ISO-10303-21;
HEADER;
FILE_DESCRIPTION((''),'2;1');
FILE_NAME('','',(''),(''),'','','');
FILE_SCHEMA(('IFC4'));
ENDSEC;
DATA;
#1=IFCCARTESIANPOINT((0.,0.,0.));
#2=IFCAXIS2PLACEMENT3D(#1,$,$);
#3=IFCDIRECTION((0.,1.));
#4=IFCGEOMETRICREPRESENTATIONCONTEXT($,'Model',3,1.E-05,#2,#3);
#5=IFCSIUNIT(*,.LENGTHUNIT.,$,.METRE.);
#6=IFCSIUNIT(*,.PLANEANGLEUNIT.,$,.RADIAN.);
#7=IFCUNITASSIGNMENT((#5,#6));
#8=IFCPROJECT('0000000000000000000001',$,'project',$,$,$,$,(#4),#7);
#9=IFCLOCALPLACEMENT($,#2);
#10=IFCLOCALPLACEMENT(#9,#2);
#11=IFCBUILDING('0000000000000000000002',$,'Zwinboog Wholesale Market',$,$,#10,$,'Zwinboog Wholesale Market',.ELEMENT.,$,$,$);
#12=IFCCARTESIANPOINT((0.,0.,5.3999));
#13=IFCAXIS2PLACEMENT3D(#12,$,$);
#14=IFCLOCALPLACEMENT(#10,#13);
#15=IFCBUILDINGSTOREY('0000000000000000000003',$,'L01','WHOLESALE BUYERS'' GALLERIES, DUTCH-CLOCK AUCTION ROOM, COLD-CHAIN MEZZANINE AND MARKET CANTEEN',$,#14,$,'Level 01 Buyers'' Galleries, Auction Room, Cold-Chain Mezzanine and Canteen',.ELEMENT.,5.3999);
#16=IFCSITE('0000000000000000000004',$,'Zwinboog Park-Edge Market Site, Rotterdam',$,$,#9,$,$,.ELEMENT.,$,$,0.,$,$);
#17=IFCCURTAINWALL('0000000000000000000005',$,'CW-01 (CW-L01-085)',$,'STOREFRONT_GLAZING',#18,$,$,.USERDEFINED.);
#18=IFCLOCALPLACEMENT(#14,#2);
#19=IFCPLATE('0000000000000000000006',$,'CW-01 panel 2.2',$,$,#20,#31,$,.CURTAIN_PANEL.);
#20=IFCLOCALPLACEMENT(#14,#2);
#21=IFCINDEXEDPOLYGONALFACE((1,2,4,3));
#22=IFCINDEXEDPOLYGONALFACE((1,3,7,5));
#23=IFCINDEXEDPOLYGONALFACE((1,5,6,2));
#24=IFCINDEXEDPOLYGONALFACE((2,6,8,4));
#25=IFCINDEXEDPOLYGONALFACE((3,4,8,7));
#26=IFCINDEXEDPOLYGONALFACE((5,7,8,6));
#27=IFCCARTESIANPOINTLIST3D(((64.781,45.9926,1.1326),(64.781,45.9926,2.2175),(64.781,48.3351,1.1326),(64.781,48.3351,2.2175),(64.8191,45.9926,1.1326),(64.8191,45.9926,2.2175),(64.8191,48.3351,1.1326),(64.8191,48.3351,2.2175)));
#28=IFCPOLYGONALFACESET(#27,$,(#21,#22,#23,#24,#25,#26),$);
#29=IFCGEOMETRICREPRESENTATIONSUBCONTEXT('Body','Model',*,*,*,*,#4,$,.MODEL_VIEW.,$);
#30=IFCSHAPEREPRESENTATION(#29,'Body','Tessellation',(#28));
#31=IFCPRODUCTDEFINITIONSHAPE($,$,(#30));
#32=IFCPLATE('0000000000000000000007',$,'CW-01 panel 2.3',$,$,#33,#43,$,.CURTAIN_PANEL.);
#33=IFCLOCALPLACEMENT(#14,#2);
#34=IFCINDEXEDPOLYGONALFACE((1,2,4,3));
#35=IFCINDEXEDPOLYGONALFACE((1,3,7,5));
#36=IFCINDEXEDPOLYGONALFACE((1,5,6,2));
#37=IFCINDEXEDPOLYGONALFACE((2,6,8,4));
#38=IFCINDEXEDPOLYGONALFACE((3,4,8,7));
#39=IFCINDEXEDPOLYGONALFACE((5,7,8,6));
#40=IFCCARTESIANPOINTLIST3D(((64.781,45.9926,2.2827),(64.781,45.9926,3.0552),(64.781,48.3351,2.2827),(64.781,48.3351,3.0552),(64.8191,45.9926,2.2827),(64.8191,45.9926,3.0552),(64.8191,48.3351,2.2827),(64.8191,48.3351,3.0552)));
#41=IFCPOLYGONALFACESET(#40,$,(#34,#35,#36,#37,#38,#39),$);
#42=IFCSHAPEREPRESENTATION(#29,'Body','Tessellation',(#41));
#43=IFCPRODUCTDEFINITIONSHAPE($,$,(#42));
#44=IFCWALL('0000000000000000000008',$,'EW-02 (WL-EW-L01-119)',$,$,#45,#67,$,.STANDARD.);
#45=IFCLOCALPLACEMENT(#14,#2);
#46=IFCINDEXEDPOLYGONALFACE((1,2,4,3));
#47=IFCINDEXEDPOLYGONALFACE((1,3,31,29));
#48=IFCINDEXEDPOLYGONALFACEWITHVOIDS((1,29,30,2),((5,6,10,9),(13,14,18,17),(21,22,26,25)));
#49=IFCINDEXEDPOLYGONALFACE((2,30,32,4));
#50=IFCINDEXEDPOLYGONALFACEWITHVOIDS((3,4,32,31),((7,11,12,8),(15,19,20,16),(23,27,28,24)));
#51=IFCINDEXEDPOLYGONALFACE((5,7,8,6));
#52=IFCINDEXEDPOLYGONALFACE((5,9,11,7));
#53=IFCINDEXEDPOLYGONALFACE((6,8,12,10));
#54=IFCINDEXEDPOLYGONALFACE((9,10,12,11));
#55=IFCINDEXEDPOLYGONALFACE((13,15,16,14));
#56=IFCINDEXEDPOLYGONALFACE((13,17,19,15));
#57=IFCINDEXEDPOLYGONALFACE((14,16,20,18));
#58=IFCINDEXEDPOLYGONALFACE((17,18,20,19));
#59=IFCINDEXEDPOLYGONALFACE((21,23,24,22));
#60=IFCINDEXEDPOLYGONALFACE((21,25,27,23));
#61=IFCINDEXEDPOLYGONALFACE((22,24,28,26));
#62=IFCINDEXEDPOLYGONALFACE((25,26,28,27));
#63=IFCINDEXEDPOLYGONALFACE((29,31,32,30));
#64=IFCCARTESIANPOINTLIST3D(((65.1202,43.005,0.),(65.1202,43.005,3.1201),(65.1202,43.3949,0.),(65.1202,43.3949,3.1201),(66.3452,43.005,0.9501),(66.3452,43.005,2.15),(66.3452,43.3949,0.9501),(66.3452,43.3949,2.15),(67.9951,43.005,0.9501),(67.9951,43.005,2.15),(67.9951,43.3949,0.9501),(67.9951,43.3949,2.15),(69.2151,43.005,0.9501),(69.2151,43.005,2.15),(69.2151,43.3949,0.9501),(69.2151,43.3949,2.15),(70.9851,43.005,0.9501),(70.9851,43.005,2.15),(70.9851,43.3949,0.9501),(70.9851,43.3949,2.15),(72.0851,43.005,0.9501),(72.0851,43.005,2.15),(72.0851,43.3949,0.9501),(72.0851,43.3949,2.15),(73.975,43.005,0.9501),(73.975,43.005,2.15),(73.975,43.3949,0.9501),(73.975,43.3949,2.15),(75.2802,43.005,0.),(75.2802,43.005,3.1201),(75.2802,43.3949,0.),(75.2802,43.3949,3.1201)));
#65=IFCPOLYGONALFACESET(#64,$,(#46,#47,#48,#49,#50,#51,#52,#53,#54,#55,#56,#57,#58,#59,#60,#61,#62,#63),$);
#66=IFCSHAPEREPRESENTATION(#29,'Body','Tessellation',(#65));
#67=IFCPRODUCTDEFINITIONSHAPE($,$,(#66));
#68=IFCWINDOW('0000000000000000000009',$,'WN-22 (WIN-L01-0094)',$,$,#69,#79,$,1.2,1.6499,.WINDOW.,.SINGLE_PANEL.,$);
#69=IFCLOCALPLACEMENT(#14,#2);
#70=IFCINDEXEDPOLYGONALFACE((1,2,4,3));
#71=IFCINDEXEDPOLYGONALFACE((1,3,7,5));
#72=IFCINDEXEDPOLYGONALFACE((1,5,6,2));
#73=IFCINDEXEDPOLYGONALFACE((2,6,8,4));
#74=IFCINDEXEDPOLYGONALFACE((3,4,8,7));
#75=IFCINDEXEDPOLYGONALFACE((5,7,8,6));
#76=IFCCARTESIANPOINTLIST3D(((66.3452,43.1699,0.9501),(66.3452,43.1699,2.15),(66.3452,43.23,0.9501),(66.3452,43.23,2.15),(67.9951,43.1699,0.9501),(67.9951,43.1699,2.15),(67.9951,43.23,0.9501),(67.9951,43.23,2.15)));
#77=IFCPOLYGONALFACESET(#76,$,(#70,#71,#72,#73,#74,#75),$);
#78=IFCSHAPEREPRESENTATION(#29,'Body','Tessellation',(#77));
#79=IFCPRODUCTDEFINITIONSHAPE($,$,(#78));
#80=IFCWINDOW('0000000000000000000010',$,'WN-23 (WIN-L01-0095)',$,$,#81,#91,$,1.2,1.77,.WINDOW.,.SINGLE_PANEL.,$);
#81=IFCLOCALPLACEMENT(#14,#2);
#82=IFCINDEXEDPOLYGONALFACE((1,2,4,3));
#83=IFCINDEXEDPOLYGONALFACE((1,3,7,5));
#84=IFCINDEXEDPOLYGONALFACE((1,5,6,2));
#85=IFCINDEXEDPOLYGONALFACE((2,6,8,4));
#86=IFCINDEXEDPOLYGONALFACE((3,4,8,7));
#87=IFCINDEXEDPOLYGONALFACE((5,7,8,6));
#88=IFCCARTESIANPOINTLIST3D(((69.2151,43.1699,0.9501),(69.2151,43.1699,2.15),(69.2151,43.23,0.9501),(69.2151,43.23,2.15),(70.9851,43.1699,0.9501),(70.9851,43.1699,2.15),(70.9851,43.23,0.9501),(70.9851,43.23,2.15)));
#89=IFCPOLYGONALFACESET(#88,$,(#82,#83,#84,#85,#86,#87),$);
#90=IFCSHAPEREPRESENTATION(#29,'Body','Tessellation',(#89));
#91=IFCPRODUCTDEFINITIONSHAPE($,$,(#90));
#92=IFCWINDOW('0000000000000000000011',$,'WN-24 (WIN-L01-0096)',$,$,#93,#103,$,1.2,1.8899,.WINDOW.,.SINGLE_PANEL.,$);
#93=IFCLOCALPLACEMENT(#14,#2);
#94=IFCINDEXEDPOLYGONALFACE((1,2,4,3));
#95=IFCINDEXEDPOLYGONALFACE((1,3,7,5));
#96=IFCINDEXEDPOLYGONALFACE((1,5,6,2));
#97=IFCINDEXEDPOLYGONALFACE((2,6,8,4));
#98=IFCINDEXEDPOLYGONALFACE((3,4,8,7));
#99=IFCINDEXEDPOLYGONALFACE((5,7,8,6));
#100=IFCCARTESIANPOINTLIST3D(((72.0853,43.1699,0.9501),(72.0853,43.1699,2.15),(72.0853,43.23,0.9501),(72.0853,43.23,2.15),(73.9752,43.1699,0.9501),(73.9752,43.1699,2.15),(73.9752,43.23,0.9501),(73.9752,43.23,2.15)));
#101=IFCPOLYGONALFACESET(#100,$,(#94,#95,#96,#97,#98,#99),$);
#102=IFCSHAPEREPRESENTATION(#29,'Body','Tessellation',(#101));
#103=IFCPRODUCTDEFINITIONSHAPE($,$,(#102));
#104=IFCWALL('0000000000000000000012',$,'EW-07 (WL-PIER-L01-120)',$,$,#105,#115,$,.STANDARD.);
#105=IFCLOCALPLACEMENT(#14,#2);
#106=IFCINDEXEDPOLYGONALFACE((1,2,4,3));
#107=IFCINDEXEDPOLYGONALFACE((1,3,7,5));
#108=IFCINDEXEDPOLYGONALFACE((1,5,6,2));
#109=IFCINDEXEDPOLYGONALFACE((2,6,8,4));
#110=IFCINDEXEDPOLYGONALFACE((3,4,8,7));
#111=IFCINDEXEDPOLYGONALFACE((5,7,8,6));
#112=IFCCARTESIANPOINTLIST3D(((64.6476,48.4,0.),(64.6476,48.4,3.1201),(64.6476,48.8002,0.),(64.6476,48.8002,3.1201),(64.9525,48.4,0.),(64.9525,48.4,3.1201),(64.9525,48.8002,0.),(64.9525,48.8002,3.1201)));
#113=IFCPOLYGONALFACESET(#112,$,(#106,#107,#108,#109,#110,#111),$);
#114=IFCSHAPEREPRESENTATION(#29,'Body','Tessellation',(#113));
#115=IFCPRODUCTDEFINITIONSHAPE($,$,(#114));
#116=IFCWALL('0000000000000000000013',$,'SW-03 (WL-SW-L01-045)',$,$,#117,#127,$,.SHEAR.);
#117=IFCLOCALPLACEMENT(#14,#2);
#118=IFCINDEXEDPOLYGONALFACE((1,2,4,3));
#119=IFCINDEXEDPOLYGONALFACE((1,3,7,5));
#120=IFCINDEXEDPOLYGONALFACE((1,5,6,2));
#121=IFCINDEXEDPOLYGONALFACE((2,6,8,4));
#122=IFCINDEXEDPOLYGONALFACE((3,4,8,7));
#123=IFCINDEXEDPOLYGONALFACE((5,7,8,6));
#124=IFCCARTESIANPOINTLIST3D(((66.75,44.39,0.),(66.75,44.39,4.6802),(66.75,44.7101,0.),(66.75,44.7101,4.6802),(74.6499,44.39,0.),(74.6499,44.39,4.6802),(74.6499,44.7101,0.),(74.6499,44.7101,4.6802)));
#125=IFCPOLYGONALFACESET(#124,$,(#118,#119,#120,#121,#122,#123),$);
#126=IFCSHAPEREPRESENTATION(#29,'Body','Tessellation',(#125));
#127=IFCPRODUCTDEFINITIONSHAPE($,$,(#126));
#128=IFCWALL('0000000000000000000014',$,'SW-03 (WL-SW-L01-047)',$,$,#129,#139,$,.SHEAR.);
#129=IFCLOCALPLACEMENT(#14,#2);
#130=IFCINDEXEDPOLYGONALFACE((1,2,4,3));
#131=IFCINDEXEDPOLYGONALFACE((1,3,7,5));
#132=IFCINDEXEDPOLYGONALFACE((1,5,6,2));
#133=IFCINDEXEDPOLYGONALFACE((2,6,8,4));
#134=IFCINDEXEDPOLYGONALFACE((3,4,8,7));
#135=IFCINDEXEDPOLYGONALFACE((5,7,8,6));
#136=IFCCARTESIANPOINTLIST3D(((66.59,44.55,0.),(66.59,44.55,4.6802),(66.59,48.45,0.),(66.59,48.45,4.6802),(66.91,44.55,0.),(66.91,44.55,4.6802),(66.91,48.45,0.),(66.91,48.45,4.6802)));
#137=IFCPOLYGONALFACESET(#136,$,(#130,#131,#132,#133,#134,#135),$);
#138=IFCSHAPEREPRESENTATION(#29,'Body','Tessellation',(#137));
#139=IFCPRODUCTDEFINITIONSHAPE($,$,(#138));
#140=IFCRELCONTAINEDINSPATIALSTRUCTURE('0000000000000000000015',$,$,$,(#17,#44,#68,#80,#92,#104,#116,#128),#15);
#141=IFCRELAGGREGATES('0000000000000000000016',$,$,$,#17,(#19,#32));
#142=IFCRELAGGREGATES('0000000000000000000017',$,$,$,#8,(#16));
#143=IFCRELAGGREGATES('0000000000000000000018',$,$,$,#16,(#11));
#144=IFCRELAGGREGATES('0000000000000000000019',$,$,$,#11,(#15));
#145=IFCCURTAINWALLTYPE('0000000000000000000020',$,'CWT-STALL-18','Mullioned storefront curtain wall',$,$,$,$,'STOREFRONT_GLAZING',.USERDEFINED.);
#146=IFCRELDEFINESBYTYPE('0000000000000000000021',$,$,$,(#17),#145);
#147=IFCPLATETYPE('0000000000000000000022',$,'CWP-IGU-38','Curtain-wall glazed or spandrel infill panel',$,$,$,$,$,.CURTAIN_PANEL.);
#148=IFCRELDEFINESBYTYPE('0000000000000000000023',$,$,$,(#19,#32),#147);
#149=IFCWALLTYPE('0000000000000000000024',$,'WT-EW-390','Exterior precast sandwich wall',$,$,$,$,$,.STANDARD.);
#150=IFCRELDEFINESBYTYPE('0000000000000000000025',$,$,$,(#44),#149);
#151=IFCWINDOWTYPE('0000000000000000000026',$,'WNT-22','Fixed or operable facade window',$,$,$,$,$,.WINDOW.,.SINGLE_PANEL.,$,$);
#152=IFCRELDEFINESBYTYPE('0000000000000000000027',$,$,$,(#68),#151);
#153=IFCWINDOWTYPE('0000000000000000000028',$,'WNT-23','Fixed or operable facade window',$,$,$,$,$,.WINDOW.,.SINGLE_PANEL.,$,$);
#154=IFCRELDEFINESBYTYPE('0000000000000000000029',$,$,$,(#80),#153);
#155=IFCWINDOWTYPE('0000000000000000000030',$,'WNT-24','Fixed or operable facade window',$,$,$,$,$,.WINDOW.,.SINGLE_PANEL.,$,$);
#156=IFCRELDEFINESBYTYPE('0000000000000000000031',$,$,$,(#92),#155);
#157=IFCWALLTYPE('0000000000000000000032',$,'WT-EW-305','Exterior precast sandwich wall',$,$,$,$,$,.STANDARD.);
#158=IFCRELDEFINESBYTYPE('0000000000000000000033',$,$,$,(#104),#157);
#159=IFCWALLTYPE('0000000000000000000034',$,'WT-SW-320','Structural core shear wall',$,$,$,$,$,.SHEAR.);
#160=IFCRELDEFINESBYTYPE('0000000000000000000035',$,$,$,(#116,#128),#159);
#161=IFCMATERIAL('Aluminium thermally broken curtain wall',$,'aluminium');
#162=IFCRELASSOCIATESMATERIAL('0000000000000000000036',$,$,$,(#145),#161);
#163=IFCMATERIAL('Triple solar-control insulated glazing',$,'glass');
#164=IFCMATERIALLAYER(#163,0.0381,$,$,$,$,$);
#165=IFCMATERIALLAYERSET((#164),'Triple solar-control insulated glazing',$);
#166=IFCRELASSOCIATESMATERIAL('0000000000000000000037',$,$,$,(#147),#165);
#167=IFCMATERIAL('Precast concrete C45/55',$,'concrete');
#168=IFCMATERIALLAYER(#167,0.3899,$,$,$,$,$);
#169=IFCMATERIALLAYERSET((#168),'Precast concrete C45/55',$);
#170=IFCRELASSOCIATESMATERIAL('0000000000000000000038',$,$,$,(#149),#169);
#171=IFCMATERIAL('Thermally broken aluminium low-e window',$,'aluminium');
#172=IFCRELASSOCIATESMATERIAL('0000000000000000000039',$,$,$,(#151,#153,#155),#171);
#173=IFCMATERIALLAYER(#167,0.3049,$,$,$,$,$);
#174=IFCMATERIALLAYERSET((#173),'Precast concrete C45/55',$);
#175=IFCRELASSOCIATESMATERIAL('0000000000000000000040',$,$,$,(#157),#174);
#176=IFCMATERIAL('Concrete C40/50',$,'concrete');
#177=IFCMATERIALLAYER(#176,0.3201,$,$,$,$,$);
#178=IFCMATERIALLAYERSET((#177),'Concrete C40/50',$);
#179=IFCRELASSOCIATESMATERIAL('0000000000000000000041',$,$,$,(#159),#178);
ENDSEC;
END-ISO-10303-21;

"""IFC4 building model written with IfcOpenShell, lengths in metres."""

from ifc_helpers import new_model, si_unit, direction, frame, frame_2d, origin, origin_2d, place, context, subcontext, project, spatial, rectangle, extrude, material, layer, layer_set, type_object, element, fill, aggregate, save


model = new_model("IFC4")

# Units and contexts
model_context = context("Model", 3, precision=1e-05, world=origin(), true_north=direction((0.0, 1.0)))
body_context = subcontext(model_context, "Body", "Model", "MODEL_VIEW")
ifc_project = project(units=[si_unit("LENGTHUNIT", "METRE"), si_unit("PLANEANGLEUNIT", "RADIAN")], contexts=[model_context])

# Site, building, storey
site_placement = place(None, origin())
site = spatial("IfcSite", under=ifc_project, at=site_placement, Name="Zwinboog Park-Edge Market Site, Rotterdam", CompositionType="ELEMENT", RefElevation=0.0)
building_placement = place(site_placement, origin())
building = spatial("IfcBuilding", under=site, at=building_placement, Name="Zwinboog Wholesale Market", LongName="Zwinboog Wholesale Market", CompositionType="ELEMENT")
storey_placement = place(building_placement, frame((0.0, 0.0, 5.3999)))
storey = spatial("IfcBuildingStorey", under=building, at=storey_placement, Name="L01", Description="WHOLESALE BUYERS' GALLERIES, DUTCH-CLOCK AUCTION ROOM, COLD-CHAIN MEZZANINE AND MARKET CANTEEN", LongName="Level 01 Buyers' Galleries, Auction Room, Cold-Chain Mezzanine and Canteen", CompositionType="ELEMENT", Elevation=5.3999)

# Curtain wall, plates
ifc_material_1 = material(Name="Aluminium thermally broken curtain wall", Category="aluminium")
curtain_wall_type = type_object("IfcCurtainWallType", Name="CWT-STALL-18", Description="Mullioned storefront curtain wall", ElementType="STOREFRONT_GLAZING", PredefinedType="USERDEFINED", material=ifc_material_1)
curtain_wall_placement = place(storey_placement, origin())
curtain_wall = element("IfcCurtainWall", 1, at=curtain_wall_placement, inside=storey, type_object=curtain_wall_type, Name="CW-01 (CW-L01-085)", ObjectType="STOREFRONT_GLAZING", PredefinedType="USERDEFINED")
ifc_material_2 = material(Name="Triple solar-control insulated glazing", Category="glass")
ifc_layer_1 = layer(ifc_material_2, 0.0381)
ifc_layer_set_1 = layer_set([ifc_layer_1], Name="Triple solar-control insulated glazing")
plate_type = type_object("IfcPlateType", Name="CWP-IGU-38", Description="Curtain-wall glazed or spandrel infill panel", PredefinedType="CURTAIN_PANEL", material=ifc_layer_set_1)
plate_1_placement = place(storey_placement, frame((64.8, 47.1638, 1.1326), z_axis=(0.0, 0.0, 1.0), x_axis=(0.0, 1.0, 0.0)))
plate_1 = element("IfcPlate", 2, at=plate_1_placement, type_object=plate_type, Name="CW-01 panel 2.2", PredefinedType="CURTAIN_PANEL", context=body_context, shape_type="SweptSolid", body=[
    extrude(rectangle(XDim=2.3425, YDim=0.0381, at=origin_2d()), origin(), (0.0, 0.0, 1.0), 1.085),
])
plate_2_placement = place(storey_placement, frame((64.8, 47.1638, 2.2827), z_axis=(0.0, 0.0, 1.0), x_axis=(0.0, 1.0, 0.0)))
plate_2 = element("IfcPlate", 3, at=plate_2_placement, type_object=plate_type, Name="CW-01 panel 2.3", PredefinedType="CURTAIN_PANEL", context=body_context, shape_type="SweptSolid", body=[
    extrude(rectangle(XDim=2.3425, YDim=0.0381, at=origin_2d()), origin(), (0.0, 0.0, 1.0), 0.7725),
])
aggregate(curtain_wall, [plate_1, plate_2])

# Wall, openings, windows
ifc_material_3 = material(Name="Precast concrete C45/55", Category="concrete")
ifc_layer_2 = layer(ifc_material_3, 0.3899)
ifc_layer_set_2 = layer_set([ifc_layer_2], Name="Precast concrete C45/55")
wall_type_1 = type_object("IfcWallType", Name="WT-EW-390", Description="Exterior precast sandwich wall", PredefinedType="STANDARD", material=ifc_layer_set_2)
wall_1_placement = place(storey_placement, frame((65.1201, 43.2, 0.0), z_axis=(0.0, 0.0, 1.0), x_axis=(1.0, 0.0, 0.0)))
wall_1 = element("IfcWall", 4, at=wall_1_placement, inside=storey, type_object=wall_type_1, Name="EW-02 (WL-EW-L01-119)", PredefinedType="STANDARD", context=body_context, shape_type="SweptSolid", body=[
    extrude(rectangle(XDim=10.1599, YDim=0.3899, at=frame_2d((5.0801, 0.0))), origin(), (0.0, 0.0, 1.0), 3.1201),
])
opening_1_placement = place(wall_1_placement, frame((1.2251, 0.0, 0.95)))
opening_1 = element("IfcOpeningElement", 5, at=opening_1_placement, cuts=wall_1, PredefinedType="OPENING", context=body_context, shape_type="SweptSolid", body=[
    extrude(rectangle(XDim=1.6499, YDim=1.2, at=frame_2d((0.825, 0.6001))), frame((0.0, 0.2048, 0.0), z_axis=(0.0, -1.0, 0.0), x_axis=(1.0, 0.0, 0.0)), (0.0, 0.0, 1.0), 0.4099),
])
opening_2_placement = place(wall_1_placement, frame((4.095, 0.0, 0.95)))
opening_2 = element("IfcOpeningElement", 6, at=opening_2_placement, cuts=wall_1, PredefinedType="OPENING", context=body_context, shape_type="SweptSolid", body=[
    extrude(rectangle(XDim=1.77, YDim=1.2, at=frame_2d((0.885, 0.6001))), frame((0.0, 0.2048, 0.0), z_axis=(0.0, -1.0, 0.0), x_axis=(1.0, 0.0, 0.0)), (0.0, 0.0, 1.0), 0.4099),
])
opening_3_placement = place(wall_1_placement, frame((6.9651, 0.0, 0.95)))
opening_3 = element("IfcOpeningElement", 7, at=opening_3_placement, cuts=wall_1, PredefinedType="OPENING", context=body_context, shape_type="SweptSolid", body=[
    extrude(rectangle(XDim=1.8899, YDim=1.2, at=frame_2d((0.9448, 0.6001))), frame((0.0, 0.2048, 0.0), z_axis=(0.0, -1.0, 0.0), x_axis=(1.0, 0.0, 0.0)), (0.0, 0.0, 1.0), 0.4099),
])
ifc_material_4 = material(Name="Thermally broken aluminium low-e window", Category="aluminium")
window_type_1 = type_object("IfcWindowType", Name="WNT-22", Description="Fixed or operable facade window", PartitioningType="SINGLE_PANEL", PredefinedType="WINDOW", material=ifc_material_4)
window_1_placement = place(opening_1_placement, frame((1.6499, 0.0, 0.0), z_axis=(0.0, 0.0, 1.0), x_axis=(-1.0, 0.0, 0.0)))
window_1 = element("IfcWindow", 8, at=window_1_placement, inside=storey, type_object=window_type_1, Name="WN-22 (WIN-L01-0094)", OverallHeight=1.2, OverallWidth=1.6499, PartitioningType="SINGLE_PANEL", PredefinedType="WINDOW", context=body_context, shape_type="SweptSolid", body=[
    extrude(rectangle(XDim=1.6499, YDim=1.2, at=frame_2d((0.825, 0.6001))), frame((0.0, 0.03, 0.0), z_axis=(0.0, -1.0, 0.0), x_axis=(1.0, 0.0, 0.0)), (0.0, 0.0, 1.0), 0.0601),
])
fill(opening_1, window_1)
window_type_2 = type_object("IfcWindowType", Name="WNT-23", Description="Fixed or operable facade window", PartitioningType="SINGLE_PANEL", PredefinedType="WINDOW", material=ifc_material_4)
window_2_placement = place(opening_2_placement, frame((1.77, 0.0, 0.0), z_axis=(0.0, 0.0, 1.0), x_axis=(-1.0, 0.0, 0.0)))
window_2 = element("IfcWindow", 9, at=window_2_placement, inside=storey, type_object=window_type_2, Name="WN-23 (WIN-L01-0095)", OverallHeight=1.2, OverallWidth=1.77, PartitioningType="SINGLE_PANEL", PredefinedType="WINDOW", context=body_context, shape_type="SweptSolid", body=[
    extrude(rectangle(XDim=1.77, YDim=1.2, at=frame_2d((0.885, 0.6001))), frame((0.0, 0.03, 0.0), z_axis=(0.0, -1.0, 0.0), x_axis=(1.0, 0.0, 0.0)), (0.0, 0.0, 1.0), 0.0601),
])
fill(opening_2, window_2)
window_type_3 = type_object("IfcWindowType", Name="WNT-24", Description="Fixed or operable facade window", PartitioningType="SINGLE_PANEL", PredefinedType="WINDOW", material=ifc_material_4)
window_3_placement = place(opening_3_placement, frame((1.8899, 0.0, 0.0), z_axis=(0.0, 0.0, 1.0), x_axis=(-1.0, 0.0, 0.0)))
window_3 = element("IfcWindow", 10, at=window_3_placement, inside=storey, type_object=window_type_3, Name="WN-24 (WIN-L01-0096)", OverallHeight=1.2, OverallWidth=1.8899, PartitioningType="SINGLE_PANEL", PredefinedType="WINDOW", context=body_context, shape_type="SweptSolid", body=[
    extrude(rectangle(XDim=1.8899, YDim=1.2, at=frame_2d((0.9448, 0.6001))), frame((0.0, 0.03, 0.0), z_axis=(0.0, -1.0, 0.0), x_axis=(1.0, 0.0, 0.0)), (0.0, 0.0, 1.0), 0.0601),
])
fill(opening_3, window_3)

# Walls
ifc_layer_3 = layer(ifc_material_3, 0.3049)
ifc_layer_set_3 = layer_set([ifc_layer_3], Name="Precast concrete C45/55")
wall_type_2 = type_object("IfcWallType", Name="WT-EW-305", Description="Exterior precast sandwich wall", PredefinedType="STANDARD", material=ifc_layer_set_3)
wall_2_placement = place(storey_placement, frame((64.8, 48.3999, 0.0), z_axis=(0.0, 0.0, 1.0), x_axis=(0.0, 1.0, 0.0)))
element("IfcWall", 11, at=wall_2_placement, inside=storey, type_object=wall_type_2, Name="EW-07 (WL-PIER-L01-120)", PredefinedType="STANDARD", context=body_context, shape_type="SweptSolid", body=[
    extrude(rectangle(XDim=0.4001, YDim=0.3049, at=frame_2d((0.2002, 0.0))), origin(), (0.0, 0.0, 1.0), 3.1201),
])
ifc_material_5 = material(Name="Concrete C40/50", Category="concrete")
ifc_layer_4 = layer(ifc_material_5, 0.3201)
ifc_layer_set_4 = layer_set([ifc_layer_4], Name="Concrete C40/50")
wall_type_3 = type_object("IfcWallType", Name="WT-SW-320", Description="Structural core shear wall", PredefinedType="SHEAR", material=ifc_layer_set_4)
wall_3_placement = place(storey_placement, frame((66.75, 44.55, 0.0), z_axis=(0.0, 0.0, 1.0), x_axis=(1.0, 0.0, 0.0)))
element("IfcWall", 12, at=wall_3_placement, inside=storey, type_object=wall_type_3, Name="SW-03 (WL-SW-L01-045)", PredefinedType="SHEAR", context=body_context, shape_type="SweptSolid", body=[
    extrude(rectangle(XDim=7.8999, YDim=0.3201, at=frame_2d((3.95, 0.0))), origin(), (0.0, 0.0, 1.0), 4.6802),
])
wall_4_placement = place(storey_placement, frame((66.75, 44.55, 0.0), z_axis=(0.0, 0.0, 1.0), x_axis=(0.0, 1.0, 0.0)))
element("IfcWall", 13, at=wall_4_placement, inside=storey, type_object=wall_type_3, Name="SW-03 (WL-SW-L01-047)", PredefinedType="SHEAR", context=body_context, shape_type="SweptSolid", body=[
    extrude(rectangle(XDim=3.8999, YDim=0.3201, at=frame_2d((1.95, 0.0))), origin(), (0.0, 0.0, 1.0), 4.6802),
])

save(model, "model.ifc")
